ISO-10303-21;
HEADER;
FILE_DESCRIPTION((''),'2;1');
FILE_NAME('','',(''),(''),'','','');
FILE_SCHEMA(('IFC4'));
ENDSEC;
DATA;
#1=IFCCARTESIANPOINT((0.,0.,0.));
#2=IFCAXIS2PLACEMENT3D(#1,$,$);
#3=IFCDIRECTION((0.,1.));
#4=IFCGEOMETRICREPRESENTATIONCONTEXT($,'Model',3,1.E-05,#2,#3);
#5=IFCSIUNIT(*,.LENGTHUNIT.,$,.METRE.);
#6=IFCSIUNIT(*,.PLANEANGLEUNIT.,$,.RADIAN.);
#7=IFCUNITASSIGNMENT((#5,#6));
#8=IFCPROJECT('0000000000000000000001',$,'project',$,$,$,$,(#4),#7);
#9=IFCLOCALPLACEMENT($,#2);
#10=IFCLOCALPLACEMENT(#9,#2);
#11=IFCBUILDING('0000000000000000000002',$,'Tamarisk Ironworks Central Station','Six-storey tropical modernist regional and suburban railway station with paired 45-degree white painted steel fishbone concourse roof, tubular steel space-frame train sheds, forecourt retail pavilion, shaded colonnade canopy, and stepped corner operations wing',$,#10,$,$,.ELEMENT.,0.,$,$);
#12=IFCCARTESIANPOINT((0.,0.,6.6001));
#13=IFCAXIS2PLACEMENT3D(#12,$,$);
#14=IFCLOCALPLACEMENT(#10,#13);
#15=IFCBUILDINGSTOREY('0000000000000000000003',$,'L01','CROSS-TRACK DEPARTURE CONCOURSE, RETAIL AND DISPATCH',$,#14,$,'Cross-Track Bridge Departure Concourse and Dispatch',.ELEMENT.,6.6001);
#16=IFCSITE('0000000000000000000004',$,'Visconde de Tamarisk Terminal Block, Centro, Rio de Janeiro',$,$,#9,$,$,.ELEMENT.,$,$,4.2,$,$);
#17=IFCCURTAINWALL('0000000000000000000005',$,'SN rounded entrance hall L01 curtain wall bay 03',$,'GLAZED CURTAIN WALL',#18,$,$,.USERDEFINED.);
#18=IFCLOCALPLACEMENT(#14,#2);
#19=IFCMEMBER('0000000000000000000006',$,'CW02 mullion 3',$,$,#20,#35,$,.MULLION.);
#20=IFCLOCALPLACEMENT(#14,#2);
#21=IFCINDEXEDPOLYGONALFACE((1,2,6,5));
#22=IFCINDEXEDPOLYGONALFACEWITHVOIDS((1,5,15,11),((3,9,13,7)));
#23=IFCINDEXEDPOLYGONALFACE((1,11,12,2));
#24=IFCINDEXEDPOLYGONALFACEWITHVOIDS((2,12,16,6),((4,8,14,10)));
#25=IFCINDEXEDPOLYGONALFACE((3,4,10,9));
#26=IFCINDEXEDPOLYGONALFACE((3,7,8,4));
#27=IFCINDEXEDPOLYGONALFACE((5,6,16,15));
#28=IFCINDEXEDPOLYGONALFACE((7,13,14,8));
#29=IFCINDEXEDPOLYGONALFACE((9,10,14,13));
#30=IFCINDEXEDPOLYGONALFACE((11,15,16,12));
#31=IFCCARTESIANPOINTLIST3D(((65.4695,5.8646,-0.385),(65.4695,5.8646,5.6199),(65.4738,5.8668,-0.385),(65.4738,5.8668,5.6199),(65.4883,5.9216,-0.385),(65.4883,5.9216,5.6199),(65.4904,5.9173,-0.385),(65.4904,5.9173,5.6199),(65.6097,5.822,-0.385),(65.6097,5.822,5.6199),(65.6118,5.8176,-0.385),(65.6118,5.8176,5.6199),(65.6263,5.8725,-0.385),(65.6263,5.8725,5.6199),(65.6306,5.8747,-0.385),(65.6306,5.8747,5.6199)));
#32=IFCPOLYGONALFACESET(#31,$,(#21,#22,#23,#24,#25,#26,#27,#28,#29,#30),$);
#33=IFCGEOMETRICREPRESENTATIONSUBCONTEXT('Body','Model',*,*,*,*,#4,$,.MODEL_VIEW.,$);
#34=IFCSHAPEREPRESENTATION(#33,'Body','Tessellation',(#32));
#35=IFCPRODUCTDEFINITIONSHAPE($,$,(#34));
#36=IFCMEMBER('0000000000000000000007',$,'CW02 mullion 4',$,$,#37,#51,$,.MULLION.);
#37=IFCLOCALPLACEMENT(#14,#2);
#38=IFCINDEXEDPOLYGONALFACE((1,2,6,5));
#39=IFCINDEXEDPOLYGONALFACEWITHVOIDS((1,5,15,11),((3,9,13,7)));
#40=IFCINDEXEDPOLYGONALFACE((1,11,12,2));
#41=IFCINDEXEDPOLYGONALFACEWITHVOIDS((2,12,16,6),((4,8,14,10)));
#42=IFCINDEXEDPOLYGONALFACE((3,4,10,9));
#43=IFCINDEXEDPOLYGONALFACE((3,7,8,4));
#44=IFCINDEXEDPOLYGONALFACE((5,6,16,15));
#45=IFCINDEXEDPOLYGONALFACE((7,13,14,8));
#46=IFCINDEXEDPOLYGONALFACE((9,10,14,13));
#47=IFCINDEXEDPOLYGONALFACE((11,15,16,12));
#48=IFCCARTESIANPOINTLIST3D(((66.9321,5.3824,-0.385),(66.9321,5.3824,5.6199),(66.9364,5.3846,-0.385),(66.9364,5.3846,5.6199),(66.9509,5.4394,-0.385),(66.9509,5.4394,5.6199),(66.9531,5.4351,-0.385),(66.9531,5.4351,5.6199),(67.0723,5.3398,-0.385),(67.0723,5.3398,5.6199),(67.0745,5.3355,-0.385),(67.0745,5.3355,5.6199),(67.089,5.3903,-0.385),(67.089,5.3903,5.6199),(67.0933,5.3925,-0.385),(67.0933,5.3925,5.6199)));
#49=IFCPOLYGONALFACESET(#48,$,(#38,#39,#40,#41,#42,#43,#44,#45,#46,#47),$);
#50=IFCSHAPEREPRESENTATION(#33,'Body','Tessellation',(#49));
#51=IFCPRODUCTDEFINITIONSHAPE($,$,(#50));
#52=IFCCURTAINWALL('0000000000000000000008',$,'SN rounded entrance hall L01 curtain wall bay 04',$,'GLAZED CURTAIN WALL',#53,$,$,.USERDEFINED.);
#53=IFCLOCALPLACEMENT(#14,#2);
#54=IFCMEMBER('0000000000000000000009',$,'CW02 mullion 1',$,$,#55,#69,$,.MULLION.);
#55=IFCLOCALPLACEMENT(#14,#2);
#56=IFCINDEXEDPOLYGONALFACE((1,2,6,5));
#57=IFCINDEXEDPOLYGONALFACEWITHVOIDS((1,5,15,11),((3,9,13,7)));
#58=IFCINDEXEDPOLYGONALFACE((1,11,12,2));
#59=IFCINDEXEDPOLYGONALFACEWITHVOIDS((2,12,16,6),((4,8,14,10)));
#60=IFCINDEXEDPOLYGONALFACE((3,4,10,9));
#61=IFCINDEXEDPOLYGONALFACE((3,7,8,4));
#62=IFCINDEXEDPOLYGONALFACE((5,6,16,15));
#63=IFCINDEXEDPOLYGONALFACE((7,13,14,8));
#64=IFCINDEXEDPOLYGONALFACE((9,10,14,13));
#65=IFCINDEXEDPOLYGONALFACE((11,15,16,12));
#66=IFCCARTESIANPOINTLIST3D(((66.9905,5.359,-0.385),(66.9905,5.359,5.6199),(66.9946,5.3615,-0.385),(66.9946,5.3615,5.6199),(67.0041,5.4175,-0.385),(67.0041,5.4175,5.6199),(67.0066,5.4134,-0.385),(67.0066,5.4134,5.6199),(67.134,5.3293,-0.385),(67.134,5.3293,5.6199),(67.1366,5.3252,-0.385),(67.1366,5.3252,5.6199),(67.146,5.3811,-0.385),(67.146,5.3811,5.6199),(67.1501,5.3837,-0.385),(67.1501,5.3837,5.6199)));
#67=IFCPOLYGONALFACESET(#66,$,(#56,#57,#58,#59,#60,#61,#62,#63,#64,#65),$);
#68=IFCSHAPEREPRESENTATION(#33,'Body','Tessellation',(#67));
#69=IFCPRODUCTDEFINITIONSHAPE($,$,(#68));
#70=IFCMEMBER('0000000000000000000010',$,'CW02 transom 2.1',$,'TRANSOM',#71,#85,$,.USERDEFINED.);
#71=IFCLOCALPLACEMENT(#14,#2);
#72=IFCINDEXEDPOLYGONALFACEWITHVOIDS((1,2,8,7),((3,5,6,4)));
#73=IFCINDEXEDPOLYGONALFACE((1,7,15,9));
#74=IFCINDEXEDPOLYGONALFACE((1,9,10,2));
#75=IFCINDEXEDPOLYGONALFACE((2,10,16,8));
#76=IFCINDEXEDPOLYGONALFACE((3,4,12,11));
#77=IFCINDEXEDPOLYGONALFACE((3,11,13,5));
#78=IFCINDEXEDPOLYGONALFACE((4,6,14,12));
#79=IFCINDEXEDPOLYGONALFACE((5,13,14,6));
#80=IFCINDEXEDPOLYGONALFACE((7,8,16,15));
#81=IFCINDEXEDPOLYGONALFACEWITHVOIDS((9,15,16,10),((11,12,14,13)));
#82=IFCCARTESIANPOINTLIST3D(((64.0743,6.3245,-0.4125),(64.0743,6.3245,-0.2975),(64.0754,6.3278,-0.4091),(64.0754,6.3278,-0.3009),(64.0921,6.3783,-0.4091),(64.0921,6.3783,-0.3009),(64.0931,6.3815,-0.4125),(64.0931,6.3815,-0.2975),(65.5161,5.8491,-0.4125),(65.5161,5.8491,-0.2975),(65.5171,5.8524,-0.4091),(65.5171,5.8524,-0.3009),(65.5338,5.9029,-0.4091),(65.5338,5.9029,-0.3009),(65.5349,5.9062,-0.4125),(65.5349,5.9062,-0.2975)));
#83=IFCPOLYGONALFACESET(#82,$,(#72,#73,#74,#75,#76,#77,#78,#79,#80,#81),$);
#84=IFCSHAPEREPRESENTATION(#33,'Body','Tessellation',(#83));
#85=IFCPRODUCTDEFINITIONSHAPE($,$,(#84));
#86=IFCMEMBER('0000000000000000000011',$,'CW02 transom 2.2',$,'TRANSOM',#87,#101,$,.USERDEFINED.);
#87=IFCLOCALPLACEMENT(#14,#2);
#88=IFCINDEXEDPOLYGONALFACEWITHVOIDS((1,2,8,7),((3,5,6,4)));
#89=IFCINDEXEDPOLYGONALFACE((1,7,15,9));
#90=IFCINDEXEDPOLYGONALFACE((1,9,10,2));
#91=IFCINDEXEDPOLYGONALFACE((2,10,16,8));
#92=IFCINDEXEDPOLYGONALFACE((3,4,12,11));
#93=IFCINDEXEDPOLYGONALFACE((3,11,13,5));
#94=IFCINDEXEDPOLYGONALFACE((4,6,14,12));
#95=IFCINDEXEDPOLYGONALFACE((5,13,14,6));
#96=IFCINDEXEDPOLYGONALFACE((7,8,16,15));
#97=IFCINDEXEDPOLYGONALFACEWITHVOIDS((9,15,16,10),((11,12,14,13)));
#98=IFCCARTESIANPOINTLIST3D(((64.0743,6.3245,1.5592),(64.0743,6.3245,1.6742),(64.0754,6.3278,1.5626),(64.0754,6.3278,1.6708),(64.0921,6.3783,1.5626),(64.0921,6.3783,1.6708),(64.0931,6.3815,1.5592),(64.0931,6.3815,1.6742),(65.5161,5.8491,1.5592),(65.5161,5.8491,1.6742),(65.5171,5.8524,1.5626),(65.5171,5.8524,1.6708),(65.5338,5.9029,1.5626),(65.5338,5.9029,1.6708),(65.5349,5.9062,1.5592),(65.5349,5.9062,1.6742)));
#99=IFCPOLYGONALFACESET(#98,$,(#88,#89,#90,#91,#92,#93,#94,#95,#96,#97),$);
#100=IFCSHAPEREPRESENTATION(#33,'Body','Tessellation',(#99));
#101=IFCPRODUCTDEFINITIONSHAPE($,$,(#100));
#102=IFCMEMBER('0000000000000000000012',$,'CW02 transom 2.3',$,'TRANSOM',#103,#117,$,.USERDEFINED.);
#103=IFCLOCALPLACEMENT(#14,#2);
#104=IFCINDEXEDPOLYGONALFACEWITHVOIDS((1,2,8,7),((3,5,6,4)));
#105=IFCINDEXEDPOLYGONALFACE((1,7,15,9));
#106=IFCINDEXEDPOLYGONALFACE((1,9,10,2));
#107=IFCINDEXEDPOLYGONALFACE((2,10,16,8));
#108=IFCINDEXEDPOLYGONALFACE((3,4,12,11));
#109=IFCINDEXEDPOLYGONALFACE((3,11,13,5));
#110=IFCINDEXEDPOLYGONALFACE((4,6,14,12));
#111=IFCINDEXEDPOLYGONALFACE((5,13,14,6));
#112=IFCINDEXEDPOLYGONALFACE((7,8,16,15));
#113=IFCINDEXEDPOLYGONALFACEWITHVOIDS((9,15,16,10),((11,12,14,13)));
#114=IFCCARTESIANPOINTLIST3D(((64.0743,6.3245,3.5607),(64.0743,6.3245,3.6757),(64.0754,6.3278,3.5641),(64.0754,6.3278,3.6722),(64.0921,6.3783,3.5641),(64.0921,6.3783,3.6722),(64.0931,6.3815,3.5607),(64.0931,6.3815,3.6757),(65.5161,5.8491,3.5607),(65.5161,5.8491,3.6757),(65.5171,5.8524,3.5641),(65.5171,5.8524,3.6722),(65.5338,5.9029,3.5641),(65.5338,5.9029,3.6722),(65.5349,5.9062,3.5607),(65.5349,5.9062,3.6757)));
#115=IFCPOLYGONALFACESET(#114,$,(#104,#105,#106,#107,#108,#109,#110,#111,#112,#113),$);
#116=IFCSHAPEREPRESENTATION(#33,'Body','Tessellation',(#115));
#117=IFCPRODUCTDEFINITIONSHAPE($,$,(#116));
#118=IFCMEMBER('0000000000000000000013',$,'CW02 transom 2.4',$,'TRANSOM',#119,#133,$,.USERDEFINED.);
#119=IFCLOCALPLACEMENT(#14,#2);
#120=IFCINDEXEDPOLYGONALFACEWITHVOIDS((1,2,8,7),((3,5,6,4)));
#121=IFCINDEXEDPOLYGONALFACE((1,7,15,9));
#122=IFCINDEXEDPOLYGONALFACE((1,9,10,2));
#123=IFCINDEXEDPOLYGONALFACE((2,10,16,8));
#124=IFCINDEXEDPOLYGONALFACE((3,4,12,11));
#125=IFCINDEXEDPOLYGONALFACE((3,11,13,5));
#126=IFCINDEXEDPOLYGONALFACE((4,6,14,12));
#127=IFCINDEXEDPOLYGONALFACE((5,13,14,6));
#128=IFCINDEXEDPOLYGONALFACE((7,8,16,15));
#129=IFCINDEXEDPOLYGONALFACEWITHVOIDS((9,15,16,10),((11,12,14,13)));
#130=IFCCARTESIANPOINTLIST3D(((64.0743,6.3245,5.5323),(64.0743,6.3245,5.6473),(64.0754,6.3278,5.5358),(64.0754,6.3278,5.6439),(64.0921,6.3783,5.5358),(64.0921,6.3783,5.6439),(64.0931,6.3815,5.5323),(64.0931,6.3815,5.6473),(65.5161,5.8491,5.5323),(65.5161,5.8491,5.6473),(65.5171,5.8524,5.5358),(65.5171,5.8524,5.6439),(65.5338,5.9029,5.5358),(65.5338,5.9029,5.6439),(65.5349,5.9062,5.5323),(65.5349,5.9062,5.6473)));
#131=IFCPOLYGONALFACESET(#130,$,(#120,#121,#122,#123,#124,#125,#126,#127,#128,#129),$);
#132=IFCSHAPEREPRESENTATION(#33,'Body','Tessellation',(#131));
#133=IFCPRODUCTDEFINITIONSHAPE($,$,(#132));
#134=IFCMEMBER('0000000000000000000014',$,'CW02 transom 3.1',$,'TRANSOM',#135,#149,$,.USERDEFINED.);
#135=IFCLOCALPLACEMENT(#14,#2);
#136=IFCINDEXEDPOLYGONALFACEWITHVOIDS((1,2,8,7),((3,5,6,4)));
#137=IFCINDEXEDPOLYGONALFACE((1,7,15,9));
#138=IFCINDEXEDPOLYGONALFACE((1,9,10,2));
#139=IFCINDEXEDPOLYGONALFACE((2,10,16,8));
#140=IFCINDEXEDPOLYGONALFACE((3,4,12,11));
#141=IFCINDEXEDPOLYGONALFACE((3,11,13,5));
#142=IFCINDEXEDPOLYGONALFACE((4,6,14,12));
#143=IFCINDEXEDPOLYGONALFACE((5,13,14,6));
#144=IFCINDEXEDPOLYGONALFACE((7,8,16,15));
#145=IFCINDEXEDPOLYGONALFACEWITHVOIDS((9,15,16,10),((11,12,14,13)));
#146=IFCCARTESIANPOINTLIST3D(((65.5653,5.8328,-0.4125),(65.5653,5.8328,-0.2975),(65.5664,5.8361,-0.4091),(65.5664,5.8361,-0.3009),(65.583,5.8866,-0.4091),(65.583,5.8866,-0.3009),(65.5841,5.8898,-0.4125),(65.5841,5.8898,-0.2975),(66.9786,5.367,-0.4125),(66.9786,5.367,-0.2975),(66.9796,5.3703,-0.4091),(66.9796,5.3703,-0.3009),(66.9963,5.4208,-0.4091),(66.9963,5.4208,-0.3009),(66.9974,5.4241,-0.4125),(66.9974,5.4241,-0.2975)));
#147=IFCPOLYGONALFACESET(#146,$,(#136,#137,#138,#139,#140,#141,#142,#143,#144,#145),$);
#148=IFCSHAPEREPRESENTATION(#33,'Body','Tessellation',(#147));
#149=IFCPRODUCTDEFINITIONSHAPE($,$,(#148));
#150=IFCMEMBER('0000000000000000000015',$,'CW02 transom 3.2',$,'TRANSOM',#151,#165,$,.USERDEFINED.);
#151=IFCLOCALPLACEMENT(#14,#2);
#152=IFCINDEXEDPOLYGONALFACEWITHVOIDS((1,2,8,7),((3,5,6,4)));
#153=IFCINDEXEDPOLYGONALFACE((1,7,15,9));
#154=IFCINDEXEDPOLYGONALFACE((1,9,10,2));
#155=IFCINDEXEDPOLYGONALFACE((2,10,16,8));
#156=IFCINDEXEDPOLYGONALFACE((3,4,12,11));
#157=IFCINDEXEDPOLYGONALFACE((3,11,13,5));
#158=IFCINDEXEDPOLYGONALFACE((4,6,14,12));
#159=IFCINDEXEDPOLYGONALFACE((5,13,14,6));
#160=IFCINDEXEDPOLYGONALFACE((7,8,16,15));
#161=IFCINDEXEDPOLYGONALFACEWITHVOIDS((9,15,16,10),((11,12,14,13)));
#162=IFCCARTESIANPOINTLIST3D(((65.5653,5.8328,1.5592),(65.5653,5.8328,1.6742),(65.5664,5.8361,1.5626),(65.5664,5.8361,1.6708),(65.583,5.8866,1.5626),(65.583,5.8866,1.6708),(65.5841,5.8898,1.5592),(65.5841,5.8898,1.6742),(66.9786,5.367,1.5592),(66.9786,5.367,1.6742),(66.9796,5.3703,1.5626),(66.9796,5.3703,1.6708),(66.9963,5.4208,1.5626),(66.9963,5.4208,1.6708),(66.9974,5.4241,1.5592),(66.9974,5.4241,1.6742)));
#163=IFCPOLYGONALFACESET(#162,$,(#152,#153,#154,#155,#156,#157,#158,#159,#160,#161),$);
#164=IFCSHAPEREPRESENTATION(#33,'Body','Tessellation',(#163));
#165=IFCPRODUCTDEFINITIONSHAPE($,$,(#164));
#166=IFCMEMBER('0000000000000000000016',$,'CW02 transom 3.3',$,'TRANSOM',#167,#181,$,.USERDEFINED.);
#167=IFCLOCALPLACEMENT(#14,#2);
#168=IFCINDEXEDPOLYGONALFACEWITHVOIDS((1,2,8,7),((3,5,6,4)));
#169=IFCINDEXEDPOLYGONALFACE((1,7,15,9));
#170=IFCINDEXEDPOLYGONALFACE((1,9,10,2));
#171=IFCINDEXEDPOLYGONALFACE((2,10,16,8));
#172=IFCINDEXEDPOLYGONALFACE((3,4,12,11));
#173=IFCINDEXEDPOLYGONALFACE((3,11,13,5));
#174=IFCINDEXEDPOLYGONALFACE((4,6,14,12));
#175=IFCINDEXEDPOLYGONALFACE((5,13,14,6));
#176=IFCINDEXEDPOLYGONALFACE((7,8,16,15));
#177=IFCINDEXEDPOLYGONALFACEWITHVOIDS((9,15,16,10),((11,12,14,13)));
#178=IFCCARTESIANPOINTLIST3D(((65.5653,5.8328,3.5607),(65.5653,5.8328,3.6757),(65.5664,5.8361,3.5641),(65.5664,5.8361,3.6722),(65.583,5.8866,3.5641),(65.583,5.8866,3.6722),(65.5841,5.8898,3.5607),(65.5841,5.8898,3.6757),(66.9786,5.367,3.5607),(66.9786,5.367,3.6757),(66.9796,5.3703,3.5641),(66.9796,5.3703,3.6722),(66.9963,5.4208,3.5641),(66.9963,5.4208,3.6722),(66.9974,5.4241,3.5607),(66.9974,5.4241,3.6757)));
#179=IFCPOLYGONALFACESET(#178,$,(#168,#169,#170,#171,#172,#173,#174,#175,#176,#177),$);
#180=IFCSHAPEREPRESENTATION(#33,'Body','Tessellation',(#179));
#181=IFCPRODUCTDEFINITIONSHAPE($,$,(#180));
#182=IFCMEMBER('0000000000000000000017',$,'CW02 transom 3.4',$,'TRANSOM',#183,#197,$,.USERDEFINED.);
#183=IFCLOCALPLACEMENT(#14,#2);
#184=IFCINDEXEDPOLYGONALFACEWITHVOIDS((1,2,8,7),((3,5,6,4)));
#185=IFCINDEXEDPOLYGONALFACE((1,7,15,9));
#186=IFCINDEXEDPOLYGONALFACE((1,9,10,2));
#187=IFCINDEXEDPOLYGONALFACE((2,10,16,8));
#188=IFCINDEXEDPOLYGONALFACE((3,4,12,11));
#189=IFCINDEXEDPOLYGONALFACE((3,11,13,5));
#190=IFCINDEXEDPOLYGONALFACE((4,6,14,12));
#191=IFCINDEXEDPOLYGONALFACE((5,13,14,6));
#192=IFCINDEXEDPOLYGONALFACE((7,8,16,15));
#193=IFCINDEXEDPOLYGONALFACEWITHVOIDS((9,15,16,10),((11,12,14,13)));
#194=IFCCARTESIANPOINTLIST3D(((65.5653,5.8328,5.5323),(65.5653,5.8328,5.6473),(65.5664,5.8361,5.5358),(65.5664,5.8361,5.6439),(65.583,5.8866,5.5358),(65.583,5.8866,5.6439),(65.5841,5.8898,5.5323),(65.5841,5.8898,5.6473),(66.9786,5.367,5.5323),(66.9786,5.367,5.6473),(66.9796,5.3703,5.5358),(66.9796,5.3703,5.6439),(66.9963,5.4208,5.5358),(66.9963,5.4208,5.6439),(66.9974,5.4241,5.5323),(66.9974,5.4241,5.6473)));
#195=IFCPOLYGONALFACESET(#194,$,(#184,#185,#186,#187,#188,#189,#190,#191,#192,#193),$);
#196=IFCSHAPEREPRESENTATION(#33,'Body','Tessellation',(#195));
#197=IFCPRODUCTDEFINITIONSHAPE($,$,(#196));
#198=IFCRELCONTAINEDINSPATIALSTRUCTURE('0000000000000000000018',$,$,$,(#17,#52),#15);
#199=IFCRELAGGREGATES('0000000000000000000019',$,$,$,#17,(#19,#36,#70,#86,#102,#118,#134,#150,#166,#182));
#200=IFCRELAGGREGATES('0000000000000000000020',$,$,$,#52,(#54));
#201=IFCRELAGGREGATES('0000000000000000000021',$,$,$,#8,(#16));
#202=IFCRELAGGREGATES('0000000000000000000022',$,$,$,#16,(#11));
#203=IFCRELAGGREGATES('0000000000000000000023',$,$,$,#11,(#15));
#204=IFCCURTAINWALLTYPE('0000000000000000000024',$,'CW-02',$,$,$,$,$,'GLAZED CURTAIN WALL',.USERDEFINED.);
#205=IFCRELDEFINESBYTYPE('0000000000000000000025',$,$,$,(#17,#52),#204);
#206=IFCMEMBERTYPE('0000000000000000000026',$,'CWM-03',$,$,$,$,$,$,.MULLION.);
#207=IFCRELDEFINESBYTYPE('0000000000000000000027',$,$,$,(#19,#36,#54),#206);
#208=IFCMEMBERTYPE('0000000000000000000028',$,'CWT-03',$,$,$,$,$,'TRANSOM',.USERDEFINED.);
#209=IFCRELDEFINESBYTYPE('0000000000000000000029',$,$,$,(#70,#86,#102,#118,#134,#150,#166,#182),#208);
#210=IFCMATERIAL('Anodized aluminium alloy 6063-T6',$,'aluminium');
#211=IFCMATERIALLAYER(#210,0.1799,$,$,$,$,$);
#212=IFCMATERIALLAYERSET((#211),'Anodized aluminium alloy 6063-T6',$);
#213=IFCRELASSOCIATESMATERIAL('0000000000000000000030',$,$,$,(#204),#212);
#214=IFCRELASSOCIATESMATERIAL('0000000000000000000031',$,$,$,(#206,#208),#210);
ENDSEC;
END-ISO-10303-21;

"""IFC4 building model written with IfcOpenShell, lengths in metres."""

from ifc_helpers import new_model, si_unit, direction, frame, origin, origin_2d, place, context, subcontext, project, spatial, hollow_rectangle, extrude, material, layer, layer_set, material_profile, profile_set, type_object, element, aggregate, save


model = new_model("IFC4")

# Units and contexts
model_context = context("Model", 3, precision=1e-05, world=origin(), true_north=direction((0.0, 1.0)))
body_context = subcontext(model_context, "Body", "Model", "MODEL_VIEW")
ifc_project = project(units=[si_unit("LENGTHUNIT", "METRE"), si_unit("PLANEANGLEUNIT", "RADIAN")], contexts=[model_context])

# Site, building, storey
site_placement = place(None, origin())
site = spatial("IfcSite", under=ifc_project, at=site_placement, Name="Visconde de Tamarisk Terminal Block, Centro, Rio de Janeiro", CompositionType="ELEMENT", RefElevation=4.2)
building_placement = place(site_placement, origin())
building = spatial("IfcBuilding", under=site, at=building_placement, Name="Tamarisk Ironworks Central Station", Description="Six-storey tropical modernist regional and suburban railway station with paired 45-degree white painted steel fishbone concourse roof, tubular steel space-frame train sheds, forecourt retail pavilion, shaded colonnade canopy, and stepped corner operations wing", CompositionType="ELEMENT", ElevationOfRefHeight=0.0)
storey_placement = place(building_placement, frame((0.0, 0.0, 6.6001)))
storey = spatial("IfcBuildingStorey", under=building, at=storey_placement, Name="L01", Description="CROSS-TRACK DEPARTURE CONCOURSE, RETAIL AND DISPATCH", LongName="Cross-Track Bridge Departure Concourse and Dispatch", CompositionType="ELEMENT", Elevation=6.6001)

# Curtain wall, members
ifc_material_1 = material(Name="Anodized aluminium alloy 6063-T6", Category="aluminium")
ifc_layer_1 = layer(ifc_material_1, 0.1799)
ifc_layer_set_1 = layer_set([ifc_layer_1], Name="Anodized aluminium alloy 6063-T6")
curtain_wall_type = type_object("IfcCurtainWallType", Name="CW-02", ElementType="GLAZED CURTAIN WALL", PredefinedType="USERDEFINED", material=ifc_layer_set_1)
curtain_wall_1_placement = place(storey_placement, origin())
curtain_wall_1 = element("IfcCurtainWall", 1, at=curtain_wall_1_placement, inside=storey, type_object=curtain_wall_type, Name="SN rounded entrance hall L01 curtain wall bay 03", ObjectType="GLAZED CURTAIN WALL", PredefinedType="USERDEFINED")
ifc_material_profile_1 = material_profile(ifc_material_1, hollow_rectangle(XDim=0.0601, YDim=0.1499, WallThickness=0.0034, at=origin_2d()), Name="ALUM 150x60")
ifc_profile_set_1 = profile_set([ifc_material_profile_1], Name="Anodized aluminium alloy 6063-T6")
member_type_1 = type_object("IfcMemberType", Name="CWM-03", PredefinedType="MULLION", material=ifc_profile_set_1)
member_1_placement = place(storey_placement, frame((65.55, 5.8696, -0.385), z_axis=(0.0, 0.0, 1.0), x_axis=(0.313098, 0.949721, 0.0)))
member_1 = element("IfcMember", 2, at=member_1_placement, type_object=member_type_1, Name="CW02 mullion 3", PredefinedType="MULLION", context=body_context, shape_type="SweptSolid", body=[
    extrude(hollow_rectangle(XDim=0.0601, YDim=0.1499, WallThickness=0.0034, at=origin_2d()), origin(), (0.0, 0.0, 1.0), 6.0049),
])
member_2_placement = place(storey_placement, frame((67.0127, 5.3875, -0.385), z_axis=(0.0, 0.0, 1.0), x_axis=(0.313098, 0.949721, 0.0)))
member_2 = element("IfcMember", 3, at=member_2_placement, type_object=member_type_1, Name="CW02 mullion 4", PredefinedType="MULLION", context=body_context, shape_type="SweptSolid", body=[
    extrude(hollow_rectangle(XDim=0.0601, YDim=0.1499, WallThickness=0.0034, at=origin_2d()), origin(), (0.0, 0.0, 1.0), 6.0049),
])

# Curtain wall, member
curtain_wall_2_placement = place(storey_placement, origin())
curtain_wall_2 = element("IfcCurtainWall", 4, at=curtain_wall_2_placement, inside=storey, type_object=curtain_wall_type, Name="SN rounded entrance hall L01 curtain wall bay 04", ObjectType="GLAZED CURTAIN WALL", PredefinedType="USERDEFINED")
member_3_placement = place(storey_placement, frame((67.0703, 5.3713, -0.385), z_axis=(0.0, 0.0, 1.0), x_axis=(0.225517, 0.974239, 0.0)))
member_3 = element("IfcMember", 5, at=member_3_placement, type_object=member_type_1, Name="CW02 mullion 1", PredefinedType="MULLION", context=body_context, shape_type="SweptSolid", body=[
    extrude(hollow_rectangle(XDim=0.0601, YDim=0.1499, WallThickness=0.0034, at=origin_2d()), origin(), (0.0, 0.0, 1.0), 6.0049),
])

# Members
ifc_material_profile_2 = material_profile(ifc_material_1, hollow_rectangle(XDim=0.0601, YDim=0.115, WallThickness=0.0034, at=origin_2d()), Name="ALUM 115x60")
ifc_profile_set_2 = profile_set([ifc_material_profile_2], Name="Anodized aluminium alloy 6063-T6")
member_type_2 = type_object("IfcMemberType", Name="CWT-03", ElementType="TRANSOM", PredefinedType="USERDEFINED", material=ifc_profile_set_2)
member_4_placement = place(storey_placement, frame((64.0837, 6.353, -0.355), z_axis=(0.949708, -0.313138, 0.0), x_axis=(0.313138, 0.949708, 0.0)))
member_4 = element("IfcMember", 6, at=member_4_placement, type_object=member_type_2, Name="CW02 transom 2.1", ObjectType="TRANSOM", PredefinedType="USERDEFINED", context=body_context, shape_type="SweptSolid", body=[
    extrude(hollow_rectangle(XDim=0.0601, YDim=0.115, WallThickness=0.0034, at=origin_2d()), origin(), (0.0, 0.0, 1.0), 1.5181),
])
member_5_placement = place(storey_placement, frame((64.0837, 6.353, 1.6167), z_axis=(0.949708, -0.313138, 0.0), x_axis=(0.313138, 0.949708, 0.0)))
member_5 = element("IfcMember", 7, at=member_5_placement, type_object=member_type_2, Name="CW02 transom 2.2", ObjectType="TRANSOM", PredefinedType="USERDEFINED", context=body_context, shape_type="SweptSolid", body=[
    extrude(hollow_rectangle(XDim=0.0601, YDim=0.115, WallThickness=0.0034, at=origin_2d()), origin(), (0.0, 0.0, 1.0), 1.5181),
])
member_6_placement = place(storey_placement, frame((64.0837, 6.353, 3.6182), z_axis=(0.949708, -0.313138, 0.0), x_axis=(0.313138, 0.949708, 0.0)))
member_6 = element("IfcMember", 8, at=member_6_placement, type_object=member_type_2, Name="CW02 transom 2.3", ObjectType="TRANSOM", PredefinedType="USERDEFINED", context=body_context, shape_type="SweptSolid", body=[
    extrude(hollow_rectangle(XDim=0.0601, YDim=0.115, WallThickness=0.0034, at=origin_2d()), origin(), (0.0, 0.0, 1.0), 1.5181),
])
member_7_placement = place(storey_placement, frame((64.0837, 6.353, 5.5898), z_axis=(0.949708, -0.313138, 0.0), x_axis=(0.313138, 0.949708, 0.0)))
member_7 = element("IfcMember", 9, at=member_7_placement, type_object=member_type_2, Name="CW02 transom 2.4", ObjectType="TRANSOM", PredefinedType="USERDEFINED", context=body_context, shape_type="SweptSolid", body=[
    extrude(hollow_rectangle(XDim=0.0601, YDim=0.115, WallThickness=0.0034, at=origin_2d()), origin(), (0.0, 0.0, 1.0), 1.5181),
])
member_8_placement = place(storey_placement, frame((65.5747, 5.8613, -0.355), z_axis=(0.949744, -0.313027, 0.0), x_axis=(0.313027, 0.949744, 0.0)))
member_8 = element("IfcMember", 10, at=member_8_placement, type_object=member_type_2, Name="CW02 transom 3.1", ObjectType="TRANSOM", PredefinedType="USERDEFINED", context=body_context, shape_type="SweptSolid", body=[
    extrude(hollow_rectangle(XDim=0.0601, YDim=0.115, WallThickness=0.0034, at=origin_2d()), origin(), (0.0, 0.0, 1.0), 1.488),
])
member_9_placement = place(storey_placement, frame((65.5747, 5.8613, 1.6167), z_axis=(0.949744, -0.313027, 0.0), x_axis=(0.313027, 0.949744, 0.0)))
member_9 = element("IfcMember", 11, at=member_9_placement, type_object=member_type_2, Name="CW02 transom 3.2", ObjectType="TRANSOM", PredefinedType="USERDEFINED", context=body_context, shape_type="SweptSolid", body=[
    extrude(hollow_rectangle(XDim=0.0601, YDim=0.115, WallThickness=0.0034, at=origin_2d()), origin(), (0.0, 0.0, 1.0), 1.488),
])
member_10_placement = place(storey_placement, frame((65.5747, 5.8613, 3.6182), z_axis=(0.949744, -0.313027, 0.0), x_axis=(0.313027, 0.949744, 0.0)))
member_10 = element("IfcMember", 12, at=member_10_placement, type_object=member_type_2, Name="CW02 transom 3.3", ObjectType="TRANSOM", PredefinedType="USERDEFINED", context=body_context, shape_type="SweptSolid", body=[
    extrude(hollow_rectangle(XDim=0.0601, YDim=0.115, WallThickness=0.0034, at=origin_2d()), origin(), (0.0, 0.0, 1.0), 1.488),
])
member_11_placement = place(storey_placement, frame((65.5747, 5.8613, 5.5898), z_axis=(0.949744, -0.313027, 0.0), x_axis=(0.313027, 0.949744, 0.0)))
member_11 = element("IfcMember", 13, at=member_11_placement, type_object=member_type_2, Name="CW02 transom 3.4", ObjectType="TRANSOM", PredefinedType="USERDEFINED", context=body_context, shape_type="SweptSolid", body=[
    extrude(hollow_rectangle(XDim=0.0601, YDim=0.115, WallThickness=0.0034, at=origin_2d()), origin(), (0.0, 0.0, 1.0), 1.488),
])

aggregate(curtain_wall_1, [member_1, member_2, member_4, member_5, member_6, member_7, member_8, member_9, member_10, member_11])
aggregate(curtain_wall_2, [member_3])

save(model, "model.ifc")
